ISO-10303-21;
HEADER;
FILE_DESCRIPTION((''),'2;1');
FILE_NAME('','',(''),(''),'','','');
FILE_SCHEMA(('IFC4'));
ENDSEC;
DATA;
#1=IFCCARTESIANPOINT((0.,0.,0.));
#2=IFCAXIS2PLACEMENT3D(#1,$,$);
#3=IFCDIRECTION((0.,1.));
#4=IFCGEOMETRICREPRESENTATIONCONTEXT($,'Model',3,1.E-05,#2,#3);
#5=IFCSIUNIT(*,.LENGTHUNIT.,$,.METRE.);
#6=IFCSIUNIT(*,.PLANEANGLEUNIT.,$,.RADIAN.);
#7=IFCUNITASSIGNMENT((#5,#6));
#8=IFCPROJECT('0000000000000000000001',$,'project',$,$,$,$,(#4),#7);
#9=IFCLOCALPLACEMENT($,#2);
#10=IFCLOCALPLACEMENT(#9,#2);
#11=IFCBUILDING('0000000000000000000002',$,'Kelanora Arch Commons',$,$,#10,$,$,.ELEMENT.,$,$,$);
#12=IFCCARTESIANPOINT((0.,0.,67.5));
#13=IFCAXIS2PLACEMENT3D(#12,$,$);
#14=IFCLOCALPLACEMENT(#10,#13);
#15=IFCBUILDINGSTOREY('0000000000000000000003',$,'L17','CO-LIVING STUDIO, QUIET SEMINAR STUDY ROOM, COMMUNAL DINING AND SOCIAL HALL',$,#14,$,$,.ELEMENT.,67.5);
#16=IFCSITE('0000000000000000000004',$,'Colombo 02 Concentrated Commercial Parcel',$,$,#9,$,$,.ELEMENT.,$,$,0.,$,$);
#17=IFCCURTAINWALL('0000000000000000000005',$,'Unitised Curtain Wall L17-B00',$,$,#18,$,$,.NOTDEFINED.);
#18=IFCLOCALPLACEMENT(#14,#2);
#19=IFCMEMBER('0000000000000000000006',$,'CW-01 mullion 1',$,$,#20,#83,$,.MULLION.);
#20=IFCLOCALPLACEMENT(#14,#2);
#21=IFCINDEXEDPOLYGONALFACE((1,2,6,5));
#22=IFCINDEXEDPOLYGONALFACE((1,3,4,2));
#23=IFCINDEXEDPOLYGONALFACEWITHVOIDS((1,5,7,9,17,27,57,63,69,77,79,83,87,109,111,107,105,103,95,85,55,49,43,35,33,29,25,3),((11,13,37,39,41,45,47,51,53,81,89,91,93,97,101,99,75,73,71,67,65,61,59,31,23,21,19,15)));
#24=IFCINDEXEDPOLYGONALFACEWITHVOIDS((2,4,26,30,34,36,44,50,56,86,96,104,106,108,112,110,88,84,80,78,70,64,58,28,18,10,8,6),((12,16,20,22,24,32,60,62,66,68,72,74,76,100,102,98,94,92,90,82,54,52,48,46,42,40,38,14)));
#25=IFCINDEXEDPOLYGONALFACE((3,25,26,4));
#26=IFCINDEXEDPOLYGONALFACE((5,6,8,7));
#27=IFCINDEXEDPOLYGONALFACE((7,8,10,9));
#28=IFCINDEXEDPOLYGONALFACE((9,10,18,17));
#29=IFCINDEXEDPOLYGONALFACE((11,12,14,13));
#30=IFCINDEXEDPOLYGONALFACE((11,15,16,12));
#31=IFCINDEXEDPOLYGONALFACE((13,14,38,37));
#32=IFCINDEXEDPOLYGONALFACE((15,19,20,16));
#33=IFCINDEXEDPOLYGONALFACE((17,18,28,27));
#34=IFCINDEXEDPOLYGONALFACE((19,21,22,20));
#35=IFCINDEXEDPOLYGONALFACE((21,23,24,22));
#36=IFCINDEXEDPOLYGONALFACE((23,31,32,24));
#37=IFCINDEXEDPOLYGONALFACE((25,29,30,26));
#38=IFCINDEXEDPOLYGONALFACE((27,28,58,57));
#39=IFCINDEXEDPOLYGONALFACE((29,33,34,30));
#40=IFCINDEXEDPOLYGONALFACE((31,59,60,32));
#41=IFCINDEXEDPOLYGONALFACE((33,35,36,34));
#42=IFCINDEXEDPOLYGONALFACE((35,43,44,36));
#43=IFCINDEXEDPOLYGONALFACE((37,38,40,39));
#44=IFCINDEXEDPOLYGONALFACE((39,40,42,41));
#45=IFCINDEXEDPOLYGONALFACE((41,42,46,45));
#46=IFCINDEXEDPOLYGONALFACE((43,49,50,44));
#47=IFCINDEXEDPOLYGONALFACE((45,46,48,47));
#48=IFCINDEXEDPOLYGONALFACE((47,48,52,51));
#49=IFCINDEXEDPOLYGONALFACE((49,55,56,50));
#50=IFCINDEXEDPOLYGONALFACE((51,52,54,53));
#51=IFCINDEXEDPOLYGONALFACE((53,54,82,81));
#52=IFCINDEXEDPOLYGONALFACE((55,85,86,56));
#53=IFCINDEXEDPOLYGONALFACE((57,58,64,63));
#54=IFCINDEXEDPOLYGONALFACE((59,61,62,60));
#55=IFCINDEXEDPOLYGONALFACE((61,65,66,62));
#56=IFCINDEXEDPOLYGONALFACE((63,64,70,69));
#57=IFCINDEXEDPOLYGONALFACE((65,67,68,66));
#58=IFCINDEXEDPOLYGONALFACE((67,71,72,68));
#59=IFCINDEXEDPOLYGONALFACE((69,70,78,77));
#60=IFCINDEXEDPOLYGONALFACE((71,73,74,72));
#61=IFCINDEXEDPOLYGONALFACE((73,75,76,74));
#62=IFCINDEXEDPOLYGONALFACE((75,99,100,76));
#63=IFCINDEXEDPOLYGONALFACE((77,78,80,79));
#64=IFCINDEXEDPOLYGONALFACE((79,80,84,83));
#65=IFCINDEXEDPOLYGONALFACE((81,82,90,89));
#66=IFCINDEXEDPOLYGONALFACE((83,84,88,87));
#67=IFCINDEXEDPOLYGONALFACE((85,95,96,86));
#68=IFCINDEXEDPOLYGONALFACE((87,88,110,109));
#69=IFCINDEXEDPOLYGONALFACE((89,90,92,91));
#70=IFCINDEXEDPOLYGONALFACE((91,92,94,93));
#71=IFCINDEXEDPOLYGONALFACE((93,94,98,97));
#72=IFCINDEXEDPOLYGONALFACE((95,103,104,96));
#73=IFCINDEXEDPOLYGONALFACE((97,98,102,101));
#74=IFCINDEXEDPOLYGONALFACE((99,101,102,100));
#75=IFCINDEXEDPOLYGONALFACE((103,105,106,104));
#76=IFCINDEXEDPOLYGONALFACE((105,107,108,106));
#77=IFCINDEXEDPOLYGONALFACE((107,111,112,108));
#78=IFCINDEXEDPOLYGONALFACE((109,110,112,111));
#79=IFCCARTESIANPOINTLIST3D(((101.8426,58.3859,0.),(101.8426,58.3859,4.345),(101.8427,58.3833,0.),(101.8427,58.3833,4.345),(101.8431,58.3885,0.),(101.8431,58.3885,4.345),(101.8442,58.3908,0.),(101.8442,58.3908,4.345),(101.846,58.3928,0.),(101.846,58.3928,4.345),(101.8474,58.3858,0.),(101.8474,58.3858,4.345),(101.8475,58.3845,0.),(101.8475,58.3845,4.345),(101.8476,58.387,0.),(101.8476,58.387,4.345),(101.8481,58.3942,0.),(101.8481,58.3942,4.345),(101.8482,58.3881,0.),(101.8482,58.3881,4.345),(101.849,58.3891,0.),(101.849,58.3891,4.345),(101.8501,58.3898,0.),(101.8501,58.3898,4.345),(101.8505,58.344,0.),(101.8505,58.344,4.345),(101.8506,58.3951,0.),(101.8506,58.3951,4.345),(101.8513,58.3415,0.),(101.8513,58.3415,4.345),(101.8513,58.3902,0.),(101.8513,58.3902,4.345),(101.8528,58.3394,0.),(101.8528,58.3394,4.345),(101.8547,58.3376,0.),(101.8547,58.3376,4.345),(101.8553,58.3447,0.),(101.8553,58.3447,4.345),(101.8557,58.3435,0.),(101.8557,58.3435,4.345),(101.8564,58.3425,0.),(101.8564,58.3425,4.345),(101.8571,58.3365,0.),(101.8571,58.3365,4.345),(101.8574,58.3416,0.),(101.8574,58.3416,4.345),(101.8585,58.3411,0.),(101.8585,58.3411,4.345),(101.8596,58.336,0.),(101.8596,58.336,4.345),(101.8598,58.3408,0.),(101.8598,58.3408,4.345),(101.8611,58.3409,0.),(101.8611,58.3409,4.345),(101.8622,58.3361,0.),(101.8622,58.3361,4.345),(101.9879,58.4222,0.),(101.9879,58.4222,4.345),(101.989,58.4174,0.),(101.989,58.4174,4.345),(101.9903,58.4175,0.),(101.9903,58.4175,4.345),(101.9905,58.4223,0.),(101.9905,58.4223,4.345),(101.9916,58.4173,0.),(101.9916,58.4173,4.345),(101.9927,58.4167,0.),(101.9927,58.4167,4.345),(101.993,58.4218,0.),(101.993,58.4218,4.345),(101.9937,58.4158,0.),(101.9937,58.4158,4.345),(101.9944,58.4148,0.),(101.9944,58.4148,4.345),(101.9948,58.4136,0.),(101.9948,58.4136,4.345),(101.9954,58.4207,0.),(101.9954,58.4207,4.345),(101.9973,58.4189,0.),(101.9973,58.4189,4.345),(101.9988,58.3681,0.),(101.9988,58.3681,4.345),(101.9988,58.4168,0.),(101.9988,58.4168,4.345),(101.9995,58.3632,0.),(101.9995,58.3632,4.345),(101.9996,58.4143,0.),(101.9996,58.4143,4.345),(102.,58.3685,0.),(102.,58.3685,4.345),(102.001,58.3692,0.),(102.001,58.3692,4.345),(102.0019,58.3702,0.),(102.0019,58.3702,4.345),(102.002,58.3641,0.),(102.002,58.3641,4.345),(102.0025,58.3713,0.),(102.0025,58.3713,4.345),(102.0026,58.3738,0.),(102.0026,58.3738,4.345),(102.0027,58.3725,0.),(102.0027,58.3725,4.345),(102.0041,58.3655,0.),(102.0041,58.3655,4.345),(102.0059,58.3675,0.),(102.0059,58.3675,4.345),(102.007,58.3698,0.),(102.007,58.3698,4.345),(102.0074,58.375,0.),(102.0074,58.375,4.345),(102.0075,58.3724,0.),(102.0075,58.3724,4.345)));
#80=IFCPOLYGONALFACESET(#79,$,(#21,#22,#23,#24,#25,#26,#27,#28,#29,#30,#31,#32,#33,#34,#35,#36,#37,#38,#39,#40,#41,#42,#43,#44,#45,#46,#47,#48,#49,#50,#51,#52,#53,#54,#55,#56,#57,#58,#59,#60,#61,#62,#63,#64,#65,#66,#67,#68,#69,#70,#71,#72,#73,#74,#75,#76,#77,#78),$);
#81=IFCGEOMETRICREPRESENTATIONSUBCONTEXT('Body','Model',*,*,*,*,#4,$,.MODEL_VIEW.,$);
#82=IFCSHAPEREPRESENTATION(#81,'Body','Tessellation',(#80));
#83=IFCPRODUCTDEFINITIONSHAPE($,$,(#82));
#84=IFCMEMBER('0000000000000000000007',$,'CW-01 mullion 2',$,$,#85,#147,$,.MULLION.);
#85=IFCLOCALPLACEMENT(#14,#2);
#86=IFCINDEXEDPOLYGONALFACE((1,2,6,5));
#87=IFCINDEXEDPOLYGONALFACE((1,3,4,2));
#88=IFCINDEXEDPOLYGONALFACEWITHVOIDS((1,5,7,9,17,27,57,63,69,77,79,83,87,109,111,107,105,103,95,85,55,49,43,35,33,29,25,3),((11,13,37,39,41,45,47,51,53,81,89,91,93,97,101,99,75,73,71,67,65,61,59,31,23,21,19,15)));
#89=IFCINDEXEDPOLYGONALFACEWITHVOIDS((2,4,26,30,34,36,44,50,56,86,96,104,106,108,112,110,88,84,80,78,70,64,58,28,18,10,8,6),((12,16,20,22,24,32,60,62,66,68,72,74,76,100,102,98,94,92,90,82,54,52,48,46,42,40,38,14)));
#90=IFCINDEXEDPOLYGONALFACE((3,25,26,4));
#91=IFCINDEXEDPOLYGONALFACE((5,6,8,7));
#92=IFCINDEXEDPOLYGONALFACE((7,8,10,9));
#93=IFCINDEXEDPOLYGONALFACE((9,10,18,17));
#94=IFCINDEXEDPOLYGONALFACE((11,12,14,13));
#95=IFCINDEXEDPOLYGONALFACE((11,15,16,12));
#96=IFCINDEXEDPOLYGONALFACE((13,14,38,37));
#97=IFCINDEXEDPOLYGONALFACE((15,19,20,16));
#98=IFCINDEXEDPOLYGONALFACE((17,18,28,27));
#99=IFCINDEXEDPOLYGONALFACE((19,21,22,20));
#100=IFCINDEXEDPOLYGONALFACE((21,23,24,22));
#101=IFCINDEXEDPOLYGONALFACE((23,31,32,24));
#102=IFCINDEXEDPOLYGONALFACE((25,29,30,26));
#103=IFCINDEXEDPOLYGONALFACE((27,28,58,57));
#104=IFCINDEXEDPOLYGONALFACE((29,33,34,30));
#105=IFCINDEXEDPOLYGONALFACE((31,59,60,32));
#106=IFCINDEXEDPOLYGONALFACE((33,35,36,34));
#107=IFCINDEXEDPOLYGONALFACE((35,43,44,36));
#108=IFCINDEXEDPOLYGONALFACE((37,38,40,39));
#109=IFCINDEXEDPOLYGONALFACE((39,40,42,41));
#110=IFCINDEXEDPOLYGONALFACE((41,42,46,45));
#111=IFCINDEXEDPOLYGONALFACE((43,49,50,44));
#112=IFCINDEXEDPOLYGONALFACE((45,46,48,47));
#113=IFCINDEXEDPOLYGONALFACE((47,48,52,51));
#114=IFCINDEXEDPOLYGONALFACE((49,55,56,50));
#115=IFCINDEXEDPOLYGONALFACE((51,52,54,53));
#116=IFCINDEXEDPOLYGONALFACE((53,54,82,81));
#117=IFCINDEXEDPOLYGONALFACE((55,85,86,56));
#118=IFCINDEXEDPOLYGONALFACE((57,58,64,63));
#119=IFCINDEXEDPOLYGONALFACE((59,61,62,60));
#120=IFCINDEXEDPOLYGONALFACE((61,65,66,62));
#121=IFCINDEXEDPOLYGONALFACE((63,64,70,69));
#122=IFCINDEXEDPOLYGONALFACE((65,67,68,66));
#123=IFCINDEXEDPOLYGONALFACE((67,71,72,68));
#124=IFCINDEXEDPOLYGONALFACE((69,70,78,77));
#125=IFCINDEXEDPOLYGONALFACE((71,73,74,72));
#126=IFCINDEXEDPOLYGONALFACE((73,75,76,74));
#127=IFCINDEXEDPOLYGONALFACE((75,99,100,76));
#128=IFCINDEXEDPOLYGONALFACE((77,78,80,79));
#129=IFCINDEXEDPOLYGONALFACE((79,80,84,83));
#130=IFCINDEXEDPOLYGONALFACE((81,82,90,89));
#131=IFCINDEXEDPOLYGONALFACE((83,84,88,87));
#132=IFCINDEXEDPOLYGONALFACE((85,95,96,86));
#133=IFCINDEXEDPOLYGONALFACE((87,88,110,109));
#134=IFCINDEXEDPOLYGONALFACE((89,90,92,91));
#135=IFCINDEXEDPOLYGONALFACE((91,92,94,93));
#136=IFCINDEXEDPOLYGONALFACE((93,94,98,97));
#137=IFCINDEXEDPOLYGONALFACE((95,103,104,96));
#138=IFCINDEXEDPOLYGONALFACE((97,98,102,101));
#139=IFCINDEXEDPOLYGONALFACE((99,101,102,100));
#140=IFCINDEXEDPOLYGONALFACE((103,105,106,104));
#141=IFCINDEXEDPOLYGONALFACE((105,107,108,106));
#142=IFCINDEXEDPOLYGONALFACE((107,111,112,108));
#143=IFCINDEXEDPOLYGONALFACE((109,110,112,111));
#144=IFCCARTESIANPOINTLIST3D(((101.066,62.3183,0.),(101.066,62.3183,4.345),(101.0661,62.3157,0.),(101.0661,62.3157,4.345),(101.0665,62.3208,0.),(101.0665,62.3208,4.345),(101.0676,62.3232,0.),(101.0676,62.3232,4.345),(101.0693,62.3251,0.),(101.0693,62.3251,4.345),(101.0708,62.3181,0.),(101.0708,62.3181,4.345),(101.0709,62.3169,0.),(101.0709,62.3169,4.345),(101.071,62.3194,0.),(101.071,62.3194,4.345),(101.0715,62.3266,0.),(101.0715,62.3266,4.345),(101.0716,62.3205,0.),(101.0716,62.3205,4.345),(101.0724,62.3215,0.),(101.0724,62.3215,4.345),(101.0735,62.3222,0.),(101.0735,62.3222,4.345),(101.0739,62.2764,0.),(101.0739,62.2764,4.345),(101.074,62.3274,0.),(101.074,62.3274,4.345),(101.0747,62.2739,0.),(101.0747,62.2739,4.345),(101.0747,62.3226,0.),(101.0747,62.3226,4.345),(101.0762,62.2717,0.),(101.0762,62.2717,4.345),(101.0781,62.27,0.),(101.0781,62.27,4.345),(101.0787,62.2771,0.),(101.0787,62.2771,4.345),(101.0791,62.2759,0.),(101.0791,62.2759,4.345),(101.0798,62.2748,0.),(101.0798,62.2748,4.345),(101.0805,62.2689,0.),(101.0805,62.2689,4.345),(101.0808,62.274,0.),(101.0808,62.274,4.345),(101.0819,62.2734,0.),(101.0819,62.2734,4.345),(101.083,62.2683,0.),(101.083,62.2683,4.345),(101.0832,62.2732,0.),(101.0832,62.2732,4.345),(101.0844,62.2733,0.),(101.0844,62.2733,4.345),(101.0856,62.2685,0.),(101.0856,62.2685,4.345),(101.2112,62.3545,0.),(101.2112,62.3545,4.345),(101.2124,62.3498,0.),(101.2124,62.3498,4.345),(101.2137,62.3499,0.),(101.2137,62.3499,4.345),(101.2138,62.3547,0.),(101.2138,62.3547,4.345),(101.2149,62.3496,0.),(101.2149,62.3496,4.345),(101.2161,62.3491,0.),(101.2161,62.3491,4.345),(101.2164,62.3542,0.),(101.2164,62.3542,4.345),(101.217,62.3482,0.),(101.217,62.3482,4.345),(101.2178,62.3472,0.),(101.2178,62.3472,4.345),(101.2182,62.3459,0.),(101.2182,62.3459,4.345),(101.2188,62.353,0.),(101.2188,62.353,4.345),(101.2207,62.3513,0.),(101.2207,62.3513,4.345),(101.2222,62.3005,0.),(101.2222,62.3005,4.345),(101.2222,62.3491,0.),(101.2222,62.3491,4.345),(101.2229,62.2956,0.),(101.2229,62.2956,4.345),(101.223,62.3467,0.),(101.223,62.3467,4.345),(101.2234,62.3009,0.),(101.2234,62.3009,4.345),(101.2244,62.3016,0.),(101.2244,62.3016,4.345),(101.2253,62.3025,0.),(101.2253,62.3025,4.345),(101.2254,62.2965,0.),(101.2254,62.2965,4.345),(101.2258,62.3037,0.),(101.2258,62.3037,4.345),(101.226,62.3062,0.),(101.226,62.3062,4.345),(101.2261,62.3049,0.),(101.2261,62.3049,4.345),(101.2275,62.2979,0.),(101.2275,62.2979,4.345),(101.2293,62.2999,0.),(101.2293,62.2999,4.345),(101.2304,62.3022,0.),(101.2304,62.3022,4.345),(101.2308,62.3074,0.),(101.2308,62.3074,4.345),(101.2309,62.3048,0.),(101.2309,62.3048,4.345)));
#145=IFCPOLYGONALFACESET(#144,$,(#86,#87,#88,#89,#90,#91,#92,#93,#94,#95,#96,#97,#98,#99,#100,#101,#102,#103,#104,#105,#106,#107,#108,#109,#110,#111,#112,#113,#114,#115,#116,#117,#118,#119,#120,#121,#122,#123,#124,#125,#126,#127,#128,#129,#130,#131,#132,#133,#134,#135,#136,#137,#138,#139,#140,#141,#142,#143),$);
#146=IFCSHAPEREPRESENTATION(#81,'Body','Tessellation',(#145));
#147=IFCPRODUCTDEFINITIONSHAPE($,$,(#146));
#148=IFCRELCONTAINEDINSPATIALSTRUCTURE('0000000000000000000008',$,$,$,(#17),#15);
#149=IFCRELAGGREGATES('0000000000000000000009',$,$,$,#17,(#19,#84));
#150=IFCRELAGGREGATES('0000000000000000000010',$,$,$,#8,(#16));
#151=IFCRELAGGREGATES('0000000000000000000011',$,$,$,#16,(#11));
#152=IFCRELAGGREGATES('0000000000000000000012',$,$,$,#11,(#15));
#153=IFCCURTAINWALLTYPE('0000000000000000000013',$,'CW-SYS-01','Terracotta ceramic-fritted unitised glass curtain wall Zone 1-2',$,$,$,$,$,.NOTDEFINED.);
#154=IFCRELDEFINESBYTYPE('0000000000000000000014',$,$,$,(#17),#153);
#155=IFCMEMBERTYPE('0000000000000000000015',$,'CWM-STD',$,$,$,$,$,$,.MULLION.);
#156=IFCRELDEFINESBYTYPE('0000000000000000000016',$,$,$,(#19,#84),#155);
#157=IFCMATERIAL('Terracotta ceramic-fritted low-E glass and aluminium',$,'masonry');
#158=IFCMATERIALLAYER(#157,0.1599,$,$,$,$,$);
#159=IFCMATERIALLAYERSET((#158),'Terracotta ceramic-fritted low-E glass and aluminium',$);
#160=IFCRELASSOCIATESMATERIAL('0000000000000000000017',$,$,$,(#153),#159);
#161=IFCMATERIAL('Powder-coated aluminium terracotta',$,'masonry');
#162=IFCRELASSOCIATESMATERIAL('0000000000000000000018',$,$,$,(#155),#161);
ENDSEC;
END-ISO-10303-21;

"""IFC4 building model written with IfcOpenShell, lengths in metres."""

from ifc_helpers import new_model, si_unit, direction, frame, origin, origin_2d, place, context, subcontext, project, spatial, hollow_rectangle, extrude, material, layer, layer_set, material_profile, profile_set, type_object, element, aggregate, save


model = new_model("IFC4")

# Units and contexts
model_context = context("Model", 3, precision=1e-05, world=origin(), true_north=direction((0.0, 1.0)))
body_context = subcontext(model_context, "Body", "Model", "MODEL_VIEW")
ifc_project = project(units=[si_unit("LENGTHUNIT", "METRE"), si_unit("PLANEANGLEUNIT", "RADIAN")], contexts=[model_context])

# Site, building, storey
site_placement = place(None, origin())
site = spatial("IfcSite", under=ifc_project, at=site_placement, Name="Colombo 02 Concentrated Commercial Parcel", CompositionType="ELEMENT", RefElevation=0.0)
building_placement = place(site_placement, origin())
building = spatial("IfcBuilding", under=site, at=building_placement, Name="Kelanora Arch Commons", CompositionType="ELEMENT")
storey_placement = place(building_placement, frame((0.0, 0.0, 67.5)))
storey = spatial("IfcBuildingStorey", under=building, at=storey_placement, Name="L17", Description="CO-LIVING STUDIO, QUIET SEMINAR STUDY ROOM, COMMUNAL DINING AND SOCIAL HALL", CompositionType="ELEMENT", Elevation=67.5)

# Curtain wall, members
ifc_material_1 = material(Name="Terracotta ceramic-fritted low-E glass and aluminium", Category="masonry")
ifc_layer_1 = layer(ifc_material_1, 0.1599)
ifc_layer_set_1 = layer_set([ifc_layer_1], Name="Terracotta ceramic-fritted low-E glass and aluminium")
curtain_wall_type = type_object("IfcCurtainWallType", Name="CW-SYS-01", Description="Terracotta ceramic-fritted unitised glass curtain wall Zone 1-2", PredefinedType="NOTDEFINED", material=ifc_layer_set_1)
curtain_wall_placement = place(storey_placement, origin())
curtain_wall = element("IfcCurtainWall", 1, at=curtain_wall_placement, inside=storey, type_object=curtain_wall_type, Name="Unitised Curtain Wall L17-B00", PredefinedType="NOTDEFINED")
ifc_material_2 = material(Name="Powder-coated aluminium terracotta", Category="masonry")
ifc_material_profile_1 = material_profile(ifc_material_2, hollow_rectangle(XDim=0.1599, YDim=0.0601, WallThickness=0.0049, InnerFilletRadius=0.0049, OuterFilletRadius=0.01, at=origin_2d()), Name="CWM160x60")
ifc_profile_set_1 = profile_set([ifc_material_profile_1], Name="Powder-coated aluminium terracotta")
member_type_1 = type_object("IfcMemberType", Name="CWM-STD", PredefinedType="MULLION", material=ifc_profile_set_1)
member_1_placement = place(storey_placement, frame((101.925, 58.3792, 0.0), z_axis=(0.0, 0.0, 1.0), x_axis=(-0.981052, -0.193744, 0.0)))
member_1 = element("IfcMember", 2, at=member_1_placement, type_object=member_type_1, Name="CW-01 mullion 1", PredefinedType="MULLION", context=body_context, shape_type="SweptSolid", body=[
    extrude(hollow_rectangle(XDim=0.1599, YDim=0.0601, WallThickness=0.0049, InnerFilletRadius=0.0049, OuterFilletRadius=0.01, at=origin_2d()), origin(), (0.0, 0.0, 1.0), 4.345),
])
member_2_placement = place(storey_placement, frame((101.1484, 62.3115, 0.0), z_axis=(0.0, 0.0, 1.0), x_axis=(-0.981052, -0.193744, 0.0)))
member_2 = element("IfcMember", 3, at=member_2_placement, type_object=member_type_1, Name="CW-01 mullion 2", PredefinedType="MULLION", context=body_context, shape_type="SweptSolid", body=[
    extrude(hollow_rectangle(XDim=0.1599, YDim=0.0601, WallThickness=0.0049, InnerFilletRadius=0.0049, OuterFilletRadius=0.01, at=origin_2d()), origin(), (0.0, 0.0, 1.0), 4.345),
])
aggregate(curtain_wall, [member_1, member_2])

save(model, "model.ifc")
